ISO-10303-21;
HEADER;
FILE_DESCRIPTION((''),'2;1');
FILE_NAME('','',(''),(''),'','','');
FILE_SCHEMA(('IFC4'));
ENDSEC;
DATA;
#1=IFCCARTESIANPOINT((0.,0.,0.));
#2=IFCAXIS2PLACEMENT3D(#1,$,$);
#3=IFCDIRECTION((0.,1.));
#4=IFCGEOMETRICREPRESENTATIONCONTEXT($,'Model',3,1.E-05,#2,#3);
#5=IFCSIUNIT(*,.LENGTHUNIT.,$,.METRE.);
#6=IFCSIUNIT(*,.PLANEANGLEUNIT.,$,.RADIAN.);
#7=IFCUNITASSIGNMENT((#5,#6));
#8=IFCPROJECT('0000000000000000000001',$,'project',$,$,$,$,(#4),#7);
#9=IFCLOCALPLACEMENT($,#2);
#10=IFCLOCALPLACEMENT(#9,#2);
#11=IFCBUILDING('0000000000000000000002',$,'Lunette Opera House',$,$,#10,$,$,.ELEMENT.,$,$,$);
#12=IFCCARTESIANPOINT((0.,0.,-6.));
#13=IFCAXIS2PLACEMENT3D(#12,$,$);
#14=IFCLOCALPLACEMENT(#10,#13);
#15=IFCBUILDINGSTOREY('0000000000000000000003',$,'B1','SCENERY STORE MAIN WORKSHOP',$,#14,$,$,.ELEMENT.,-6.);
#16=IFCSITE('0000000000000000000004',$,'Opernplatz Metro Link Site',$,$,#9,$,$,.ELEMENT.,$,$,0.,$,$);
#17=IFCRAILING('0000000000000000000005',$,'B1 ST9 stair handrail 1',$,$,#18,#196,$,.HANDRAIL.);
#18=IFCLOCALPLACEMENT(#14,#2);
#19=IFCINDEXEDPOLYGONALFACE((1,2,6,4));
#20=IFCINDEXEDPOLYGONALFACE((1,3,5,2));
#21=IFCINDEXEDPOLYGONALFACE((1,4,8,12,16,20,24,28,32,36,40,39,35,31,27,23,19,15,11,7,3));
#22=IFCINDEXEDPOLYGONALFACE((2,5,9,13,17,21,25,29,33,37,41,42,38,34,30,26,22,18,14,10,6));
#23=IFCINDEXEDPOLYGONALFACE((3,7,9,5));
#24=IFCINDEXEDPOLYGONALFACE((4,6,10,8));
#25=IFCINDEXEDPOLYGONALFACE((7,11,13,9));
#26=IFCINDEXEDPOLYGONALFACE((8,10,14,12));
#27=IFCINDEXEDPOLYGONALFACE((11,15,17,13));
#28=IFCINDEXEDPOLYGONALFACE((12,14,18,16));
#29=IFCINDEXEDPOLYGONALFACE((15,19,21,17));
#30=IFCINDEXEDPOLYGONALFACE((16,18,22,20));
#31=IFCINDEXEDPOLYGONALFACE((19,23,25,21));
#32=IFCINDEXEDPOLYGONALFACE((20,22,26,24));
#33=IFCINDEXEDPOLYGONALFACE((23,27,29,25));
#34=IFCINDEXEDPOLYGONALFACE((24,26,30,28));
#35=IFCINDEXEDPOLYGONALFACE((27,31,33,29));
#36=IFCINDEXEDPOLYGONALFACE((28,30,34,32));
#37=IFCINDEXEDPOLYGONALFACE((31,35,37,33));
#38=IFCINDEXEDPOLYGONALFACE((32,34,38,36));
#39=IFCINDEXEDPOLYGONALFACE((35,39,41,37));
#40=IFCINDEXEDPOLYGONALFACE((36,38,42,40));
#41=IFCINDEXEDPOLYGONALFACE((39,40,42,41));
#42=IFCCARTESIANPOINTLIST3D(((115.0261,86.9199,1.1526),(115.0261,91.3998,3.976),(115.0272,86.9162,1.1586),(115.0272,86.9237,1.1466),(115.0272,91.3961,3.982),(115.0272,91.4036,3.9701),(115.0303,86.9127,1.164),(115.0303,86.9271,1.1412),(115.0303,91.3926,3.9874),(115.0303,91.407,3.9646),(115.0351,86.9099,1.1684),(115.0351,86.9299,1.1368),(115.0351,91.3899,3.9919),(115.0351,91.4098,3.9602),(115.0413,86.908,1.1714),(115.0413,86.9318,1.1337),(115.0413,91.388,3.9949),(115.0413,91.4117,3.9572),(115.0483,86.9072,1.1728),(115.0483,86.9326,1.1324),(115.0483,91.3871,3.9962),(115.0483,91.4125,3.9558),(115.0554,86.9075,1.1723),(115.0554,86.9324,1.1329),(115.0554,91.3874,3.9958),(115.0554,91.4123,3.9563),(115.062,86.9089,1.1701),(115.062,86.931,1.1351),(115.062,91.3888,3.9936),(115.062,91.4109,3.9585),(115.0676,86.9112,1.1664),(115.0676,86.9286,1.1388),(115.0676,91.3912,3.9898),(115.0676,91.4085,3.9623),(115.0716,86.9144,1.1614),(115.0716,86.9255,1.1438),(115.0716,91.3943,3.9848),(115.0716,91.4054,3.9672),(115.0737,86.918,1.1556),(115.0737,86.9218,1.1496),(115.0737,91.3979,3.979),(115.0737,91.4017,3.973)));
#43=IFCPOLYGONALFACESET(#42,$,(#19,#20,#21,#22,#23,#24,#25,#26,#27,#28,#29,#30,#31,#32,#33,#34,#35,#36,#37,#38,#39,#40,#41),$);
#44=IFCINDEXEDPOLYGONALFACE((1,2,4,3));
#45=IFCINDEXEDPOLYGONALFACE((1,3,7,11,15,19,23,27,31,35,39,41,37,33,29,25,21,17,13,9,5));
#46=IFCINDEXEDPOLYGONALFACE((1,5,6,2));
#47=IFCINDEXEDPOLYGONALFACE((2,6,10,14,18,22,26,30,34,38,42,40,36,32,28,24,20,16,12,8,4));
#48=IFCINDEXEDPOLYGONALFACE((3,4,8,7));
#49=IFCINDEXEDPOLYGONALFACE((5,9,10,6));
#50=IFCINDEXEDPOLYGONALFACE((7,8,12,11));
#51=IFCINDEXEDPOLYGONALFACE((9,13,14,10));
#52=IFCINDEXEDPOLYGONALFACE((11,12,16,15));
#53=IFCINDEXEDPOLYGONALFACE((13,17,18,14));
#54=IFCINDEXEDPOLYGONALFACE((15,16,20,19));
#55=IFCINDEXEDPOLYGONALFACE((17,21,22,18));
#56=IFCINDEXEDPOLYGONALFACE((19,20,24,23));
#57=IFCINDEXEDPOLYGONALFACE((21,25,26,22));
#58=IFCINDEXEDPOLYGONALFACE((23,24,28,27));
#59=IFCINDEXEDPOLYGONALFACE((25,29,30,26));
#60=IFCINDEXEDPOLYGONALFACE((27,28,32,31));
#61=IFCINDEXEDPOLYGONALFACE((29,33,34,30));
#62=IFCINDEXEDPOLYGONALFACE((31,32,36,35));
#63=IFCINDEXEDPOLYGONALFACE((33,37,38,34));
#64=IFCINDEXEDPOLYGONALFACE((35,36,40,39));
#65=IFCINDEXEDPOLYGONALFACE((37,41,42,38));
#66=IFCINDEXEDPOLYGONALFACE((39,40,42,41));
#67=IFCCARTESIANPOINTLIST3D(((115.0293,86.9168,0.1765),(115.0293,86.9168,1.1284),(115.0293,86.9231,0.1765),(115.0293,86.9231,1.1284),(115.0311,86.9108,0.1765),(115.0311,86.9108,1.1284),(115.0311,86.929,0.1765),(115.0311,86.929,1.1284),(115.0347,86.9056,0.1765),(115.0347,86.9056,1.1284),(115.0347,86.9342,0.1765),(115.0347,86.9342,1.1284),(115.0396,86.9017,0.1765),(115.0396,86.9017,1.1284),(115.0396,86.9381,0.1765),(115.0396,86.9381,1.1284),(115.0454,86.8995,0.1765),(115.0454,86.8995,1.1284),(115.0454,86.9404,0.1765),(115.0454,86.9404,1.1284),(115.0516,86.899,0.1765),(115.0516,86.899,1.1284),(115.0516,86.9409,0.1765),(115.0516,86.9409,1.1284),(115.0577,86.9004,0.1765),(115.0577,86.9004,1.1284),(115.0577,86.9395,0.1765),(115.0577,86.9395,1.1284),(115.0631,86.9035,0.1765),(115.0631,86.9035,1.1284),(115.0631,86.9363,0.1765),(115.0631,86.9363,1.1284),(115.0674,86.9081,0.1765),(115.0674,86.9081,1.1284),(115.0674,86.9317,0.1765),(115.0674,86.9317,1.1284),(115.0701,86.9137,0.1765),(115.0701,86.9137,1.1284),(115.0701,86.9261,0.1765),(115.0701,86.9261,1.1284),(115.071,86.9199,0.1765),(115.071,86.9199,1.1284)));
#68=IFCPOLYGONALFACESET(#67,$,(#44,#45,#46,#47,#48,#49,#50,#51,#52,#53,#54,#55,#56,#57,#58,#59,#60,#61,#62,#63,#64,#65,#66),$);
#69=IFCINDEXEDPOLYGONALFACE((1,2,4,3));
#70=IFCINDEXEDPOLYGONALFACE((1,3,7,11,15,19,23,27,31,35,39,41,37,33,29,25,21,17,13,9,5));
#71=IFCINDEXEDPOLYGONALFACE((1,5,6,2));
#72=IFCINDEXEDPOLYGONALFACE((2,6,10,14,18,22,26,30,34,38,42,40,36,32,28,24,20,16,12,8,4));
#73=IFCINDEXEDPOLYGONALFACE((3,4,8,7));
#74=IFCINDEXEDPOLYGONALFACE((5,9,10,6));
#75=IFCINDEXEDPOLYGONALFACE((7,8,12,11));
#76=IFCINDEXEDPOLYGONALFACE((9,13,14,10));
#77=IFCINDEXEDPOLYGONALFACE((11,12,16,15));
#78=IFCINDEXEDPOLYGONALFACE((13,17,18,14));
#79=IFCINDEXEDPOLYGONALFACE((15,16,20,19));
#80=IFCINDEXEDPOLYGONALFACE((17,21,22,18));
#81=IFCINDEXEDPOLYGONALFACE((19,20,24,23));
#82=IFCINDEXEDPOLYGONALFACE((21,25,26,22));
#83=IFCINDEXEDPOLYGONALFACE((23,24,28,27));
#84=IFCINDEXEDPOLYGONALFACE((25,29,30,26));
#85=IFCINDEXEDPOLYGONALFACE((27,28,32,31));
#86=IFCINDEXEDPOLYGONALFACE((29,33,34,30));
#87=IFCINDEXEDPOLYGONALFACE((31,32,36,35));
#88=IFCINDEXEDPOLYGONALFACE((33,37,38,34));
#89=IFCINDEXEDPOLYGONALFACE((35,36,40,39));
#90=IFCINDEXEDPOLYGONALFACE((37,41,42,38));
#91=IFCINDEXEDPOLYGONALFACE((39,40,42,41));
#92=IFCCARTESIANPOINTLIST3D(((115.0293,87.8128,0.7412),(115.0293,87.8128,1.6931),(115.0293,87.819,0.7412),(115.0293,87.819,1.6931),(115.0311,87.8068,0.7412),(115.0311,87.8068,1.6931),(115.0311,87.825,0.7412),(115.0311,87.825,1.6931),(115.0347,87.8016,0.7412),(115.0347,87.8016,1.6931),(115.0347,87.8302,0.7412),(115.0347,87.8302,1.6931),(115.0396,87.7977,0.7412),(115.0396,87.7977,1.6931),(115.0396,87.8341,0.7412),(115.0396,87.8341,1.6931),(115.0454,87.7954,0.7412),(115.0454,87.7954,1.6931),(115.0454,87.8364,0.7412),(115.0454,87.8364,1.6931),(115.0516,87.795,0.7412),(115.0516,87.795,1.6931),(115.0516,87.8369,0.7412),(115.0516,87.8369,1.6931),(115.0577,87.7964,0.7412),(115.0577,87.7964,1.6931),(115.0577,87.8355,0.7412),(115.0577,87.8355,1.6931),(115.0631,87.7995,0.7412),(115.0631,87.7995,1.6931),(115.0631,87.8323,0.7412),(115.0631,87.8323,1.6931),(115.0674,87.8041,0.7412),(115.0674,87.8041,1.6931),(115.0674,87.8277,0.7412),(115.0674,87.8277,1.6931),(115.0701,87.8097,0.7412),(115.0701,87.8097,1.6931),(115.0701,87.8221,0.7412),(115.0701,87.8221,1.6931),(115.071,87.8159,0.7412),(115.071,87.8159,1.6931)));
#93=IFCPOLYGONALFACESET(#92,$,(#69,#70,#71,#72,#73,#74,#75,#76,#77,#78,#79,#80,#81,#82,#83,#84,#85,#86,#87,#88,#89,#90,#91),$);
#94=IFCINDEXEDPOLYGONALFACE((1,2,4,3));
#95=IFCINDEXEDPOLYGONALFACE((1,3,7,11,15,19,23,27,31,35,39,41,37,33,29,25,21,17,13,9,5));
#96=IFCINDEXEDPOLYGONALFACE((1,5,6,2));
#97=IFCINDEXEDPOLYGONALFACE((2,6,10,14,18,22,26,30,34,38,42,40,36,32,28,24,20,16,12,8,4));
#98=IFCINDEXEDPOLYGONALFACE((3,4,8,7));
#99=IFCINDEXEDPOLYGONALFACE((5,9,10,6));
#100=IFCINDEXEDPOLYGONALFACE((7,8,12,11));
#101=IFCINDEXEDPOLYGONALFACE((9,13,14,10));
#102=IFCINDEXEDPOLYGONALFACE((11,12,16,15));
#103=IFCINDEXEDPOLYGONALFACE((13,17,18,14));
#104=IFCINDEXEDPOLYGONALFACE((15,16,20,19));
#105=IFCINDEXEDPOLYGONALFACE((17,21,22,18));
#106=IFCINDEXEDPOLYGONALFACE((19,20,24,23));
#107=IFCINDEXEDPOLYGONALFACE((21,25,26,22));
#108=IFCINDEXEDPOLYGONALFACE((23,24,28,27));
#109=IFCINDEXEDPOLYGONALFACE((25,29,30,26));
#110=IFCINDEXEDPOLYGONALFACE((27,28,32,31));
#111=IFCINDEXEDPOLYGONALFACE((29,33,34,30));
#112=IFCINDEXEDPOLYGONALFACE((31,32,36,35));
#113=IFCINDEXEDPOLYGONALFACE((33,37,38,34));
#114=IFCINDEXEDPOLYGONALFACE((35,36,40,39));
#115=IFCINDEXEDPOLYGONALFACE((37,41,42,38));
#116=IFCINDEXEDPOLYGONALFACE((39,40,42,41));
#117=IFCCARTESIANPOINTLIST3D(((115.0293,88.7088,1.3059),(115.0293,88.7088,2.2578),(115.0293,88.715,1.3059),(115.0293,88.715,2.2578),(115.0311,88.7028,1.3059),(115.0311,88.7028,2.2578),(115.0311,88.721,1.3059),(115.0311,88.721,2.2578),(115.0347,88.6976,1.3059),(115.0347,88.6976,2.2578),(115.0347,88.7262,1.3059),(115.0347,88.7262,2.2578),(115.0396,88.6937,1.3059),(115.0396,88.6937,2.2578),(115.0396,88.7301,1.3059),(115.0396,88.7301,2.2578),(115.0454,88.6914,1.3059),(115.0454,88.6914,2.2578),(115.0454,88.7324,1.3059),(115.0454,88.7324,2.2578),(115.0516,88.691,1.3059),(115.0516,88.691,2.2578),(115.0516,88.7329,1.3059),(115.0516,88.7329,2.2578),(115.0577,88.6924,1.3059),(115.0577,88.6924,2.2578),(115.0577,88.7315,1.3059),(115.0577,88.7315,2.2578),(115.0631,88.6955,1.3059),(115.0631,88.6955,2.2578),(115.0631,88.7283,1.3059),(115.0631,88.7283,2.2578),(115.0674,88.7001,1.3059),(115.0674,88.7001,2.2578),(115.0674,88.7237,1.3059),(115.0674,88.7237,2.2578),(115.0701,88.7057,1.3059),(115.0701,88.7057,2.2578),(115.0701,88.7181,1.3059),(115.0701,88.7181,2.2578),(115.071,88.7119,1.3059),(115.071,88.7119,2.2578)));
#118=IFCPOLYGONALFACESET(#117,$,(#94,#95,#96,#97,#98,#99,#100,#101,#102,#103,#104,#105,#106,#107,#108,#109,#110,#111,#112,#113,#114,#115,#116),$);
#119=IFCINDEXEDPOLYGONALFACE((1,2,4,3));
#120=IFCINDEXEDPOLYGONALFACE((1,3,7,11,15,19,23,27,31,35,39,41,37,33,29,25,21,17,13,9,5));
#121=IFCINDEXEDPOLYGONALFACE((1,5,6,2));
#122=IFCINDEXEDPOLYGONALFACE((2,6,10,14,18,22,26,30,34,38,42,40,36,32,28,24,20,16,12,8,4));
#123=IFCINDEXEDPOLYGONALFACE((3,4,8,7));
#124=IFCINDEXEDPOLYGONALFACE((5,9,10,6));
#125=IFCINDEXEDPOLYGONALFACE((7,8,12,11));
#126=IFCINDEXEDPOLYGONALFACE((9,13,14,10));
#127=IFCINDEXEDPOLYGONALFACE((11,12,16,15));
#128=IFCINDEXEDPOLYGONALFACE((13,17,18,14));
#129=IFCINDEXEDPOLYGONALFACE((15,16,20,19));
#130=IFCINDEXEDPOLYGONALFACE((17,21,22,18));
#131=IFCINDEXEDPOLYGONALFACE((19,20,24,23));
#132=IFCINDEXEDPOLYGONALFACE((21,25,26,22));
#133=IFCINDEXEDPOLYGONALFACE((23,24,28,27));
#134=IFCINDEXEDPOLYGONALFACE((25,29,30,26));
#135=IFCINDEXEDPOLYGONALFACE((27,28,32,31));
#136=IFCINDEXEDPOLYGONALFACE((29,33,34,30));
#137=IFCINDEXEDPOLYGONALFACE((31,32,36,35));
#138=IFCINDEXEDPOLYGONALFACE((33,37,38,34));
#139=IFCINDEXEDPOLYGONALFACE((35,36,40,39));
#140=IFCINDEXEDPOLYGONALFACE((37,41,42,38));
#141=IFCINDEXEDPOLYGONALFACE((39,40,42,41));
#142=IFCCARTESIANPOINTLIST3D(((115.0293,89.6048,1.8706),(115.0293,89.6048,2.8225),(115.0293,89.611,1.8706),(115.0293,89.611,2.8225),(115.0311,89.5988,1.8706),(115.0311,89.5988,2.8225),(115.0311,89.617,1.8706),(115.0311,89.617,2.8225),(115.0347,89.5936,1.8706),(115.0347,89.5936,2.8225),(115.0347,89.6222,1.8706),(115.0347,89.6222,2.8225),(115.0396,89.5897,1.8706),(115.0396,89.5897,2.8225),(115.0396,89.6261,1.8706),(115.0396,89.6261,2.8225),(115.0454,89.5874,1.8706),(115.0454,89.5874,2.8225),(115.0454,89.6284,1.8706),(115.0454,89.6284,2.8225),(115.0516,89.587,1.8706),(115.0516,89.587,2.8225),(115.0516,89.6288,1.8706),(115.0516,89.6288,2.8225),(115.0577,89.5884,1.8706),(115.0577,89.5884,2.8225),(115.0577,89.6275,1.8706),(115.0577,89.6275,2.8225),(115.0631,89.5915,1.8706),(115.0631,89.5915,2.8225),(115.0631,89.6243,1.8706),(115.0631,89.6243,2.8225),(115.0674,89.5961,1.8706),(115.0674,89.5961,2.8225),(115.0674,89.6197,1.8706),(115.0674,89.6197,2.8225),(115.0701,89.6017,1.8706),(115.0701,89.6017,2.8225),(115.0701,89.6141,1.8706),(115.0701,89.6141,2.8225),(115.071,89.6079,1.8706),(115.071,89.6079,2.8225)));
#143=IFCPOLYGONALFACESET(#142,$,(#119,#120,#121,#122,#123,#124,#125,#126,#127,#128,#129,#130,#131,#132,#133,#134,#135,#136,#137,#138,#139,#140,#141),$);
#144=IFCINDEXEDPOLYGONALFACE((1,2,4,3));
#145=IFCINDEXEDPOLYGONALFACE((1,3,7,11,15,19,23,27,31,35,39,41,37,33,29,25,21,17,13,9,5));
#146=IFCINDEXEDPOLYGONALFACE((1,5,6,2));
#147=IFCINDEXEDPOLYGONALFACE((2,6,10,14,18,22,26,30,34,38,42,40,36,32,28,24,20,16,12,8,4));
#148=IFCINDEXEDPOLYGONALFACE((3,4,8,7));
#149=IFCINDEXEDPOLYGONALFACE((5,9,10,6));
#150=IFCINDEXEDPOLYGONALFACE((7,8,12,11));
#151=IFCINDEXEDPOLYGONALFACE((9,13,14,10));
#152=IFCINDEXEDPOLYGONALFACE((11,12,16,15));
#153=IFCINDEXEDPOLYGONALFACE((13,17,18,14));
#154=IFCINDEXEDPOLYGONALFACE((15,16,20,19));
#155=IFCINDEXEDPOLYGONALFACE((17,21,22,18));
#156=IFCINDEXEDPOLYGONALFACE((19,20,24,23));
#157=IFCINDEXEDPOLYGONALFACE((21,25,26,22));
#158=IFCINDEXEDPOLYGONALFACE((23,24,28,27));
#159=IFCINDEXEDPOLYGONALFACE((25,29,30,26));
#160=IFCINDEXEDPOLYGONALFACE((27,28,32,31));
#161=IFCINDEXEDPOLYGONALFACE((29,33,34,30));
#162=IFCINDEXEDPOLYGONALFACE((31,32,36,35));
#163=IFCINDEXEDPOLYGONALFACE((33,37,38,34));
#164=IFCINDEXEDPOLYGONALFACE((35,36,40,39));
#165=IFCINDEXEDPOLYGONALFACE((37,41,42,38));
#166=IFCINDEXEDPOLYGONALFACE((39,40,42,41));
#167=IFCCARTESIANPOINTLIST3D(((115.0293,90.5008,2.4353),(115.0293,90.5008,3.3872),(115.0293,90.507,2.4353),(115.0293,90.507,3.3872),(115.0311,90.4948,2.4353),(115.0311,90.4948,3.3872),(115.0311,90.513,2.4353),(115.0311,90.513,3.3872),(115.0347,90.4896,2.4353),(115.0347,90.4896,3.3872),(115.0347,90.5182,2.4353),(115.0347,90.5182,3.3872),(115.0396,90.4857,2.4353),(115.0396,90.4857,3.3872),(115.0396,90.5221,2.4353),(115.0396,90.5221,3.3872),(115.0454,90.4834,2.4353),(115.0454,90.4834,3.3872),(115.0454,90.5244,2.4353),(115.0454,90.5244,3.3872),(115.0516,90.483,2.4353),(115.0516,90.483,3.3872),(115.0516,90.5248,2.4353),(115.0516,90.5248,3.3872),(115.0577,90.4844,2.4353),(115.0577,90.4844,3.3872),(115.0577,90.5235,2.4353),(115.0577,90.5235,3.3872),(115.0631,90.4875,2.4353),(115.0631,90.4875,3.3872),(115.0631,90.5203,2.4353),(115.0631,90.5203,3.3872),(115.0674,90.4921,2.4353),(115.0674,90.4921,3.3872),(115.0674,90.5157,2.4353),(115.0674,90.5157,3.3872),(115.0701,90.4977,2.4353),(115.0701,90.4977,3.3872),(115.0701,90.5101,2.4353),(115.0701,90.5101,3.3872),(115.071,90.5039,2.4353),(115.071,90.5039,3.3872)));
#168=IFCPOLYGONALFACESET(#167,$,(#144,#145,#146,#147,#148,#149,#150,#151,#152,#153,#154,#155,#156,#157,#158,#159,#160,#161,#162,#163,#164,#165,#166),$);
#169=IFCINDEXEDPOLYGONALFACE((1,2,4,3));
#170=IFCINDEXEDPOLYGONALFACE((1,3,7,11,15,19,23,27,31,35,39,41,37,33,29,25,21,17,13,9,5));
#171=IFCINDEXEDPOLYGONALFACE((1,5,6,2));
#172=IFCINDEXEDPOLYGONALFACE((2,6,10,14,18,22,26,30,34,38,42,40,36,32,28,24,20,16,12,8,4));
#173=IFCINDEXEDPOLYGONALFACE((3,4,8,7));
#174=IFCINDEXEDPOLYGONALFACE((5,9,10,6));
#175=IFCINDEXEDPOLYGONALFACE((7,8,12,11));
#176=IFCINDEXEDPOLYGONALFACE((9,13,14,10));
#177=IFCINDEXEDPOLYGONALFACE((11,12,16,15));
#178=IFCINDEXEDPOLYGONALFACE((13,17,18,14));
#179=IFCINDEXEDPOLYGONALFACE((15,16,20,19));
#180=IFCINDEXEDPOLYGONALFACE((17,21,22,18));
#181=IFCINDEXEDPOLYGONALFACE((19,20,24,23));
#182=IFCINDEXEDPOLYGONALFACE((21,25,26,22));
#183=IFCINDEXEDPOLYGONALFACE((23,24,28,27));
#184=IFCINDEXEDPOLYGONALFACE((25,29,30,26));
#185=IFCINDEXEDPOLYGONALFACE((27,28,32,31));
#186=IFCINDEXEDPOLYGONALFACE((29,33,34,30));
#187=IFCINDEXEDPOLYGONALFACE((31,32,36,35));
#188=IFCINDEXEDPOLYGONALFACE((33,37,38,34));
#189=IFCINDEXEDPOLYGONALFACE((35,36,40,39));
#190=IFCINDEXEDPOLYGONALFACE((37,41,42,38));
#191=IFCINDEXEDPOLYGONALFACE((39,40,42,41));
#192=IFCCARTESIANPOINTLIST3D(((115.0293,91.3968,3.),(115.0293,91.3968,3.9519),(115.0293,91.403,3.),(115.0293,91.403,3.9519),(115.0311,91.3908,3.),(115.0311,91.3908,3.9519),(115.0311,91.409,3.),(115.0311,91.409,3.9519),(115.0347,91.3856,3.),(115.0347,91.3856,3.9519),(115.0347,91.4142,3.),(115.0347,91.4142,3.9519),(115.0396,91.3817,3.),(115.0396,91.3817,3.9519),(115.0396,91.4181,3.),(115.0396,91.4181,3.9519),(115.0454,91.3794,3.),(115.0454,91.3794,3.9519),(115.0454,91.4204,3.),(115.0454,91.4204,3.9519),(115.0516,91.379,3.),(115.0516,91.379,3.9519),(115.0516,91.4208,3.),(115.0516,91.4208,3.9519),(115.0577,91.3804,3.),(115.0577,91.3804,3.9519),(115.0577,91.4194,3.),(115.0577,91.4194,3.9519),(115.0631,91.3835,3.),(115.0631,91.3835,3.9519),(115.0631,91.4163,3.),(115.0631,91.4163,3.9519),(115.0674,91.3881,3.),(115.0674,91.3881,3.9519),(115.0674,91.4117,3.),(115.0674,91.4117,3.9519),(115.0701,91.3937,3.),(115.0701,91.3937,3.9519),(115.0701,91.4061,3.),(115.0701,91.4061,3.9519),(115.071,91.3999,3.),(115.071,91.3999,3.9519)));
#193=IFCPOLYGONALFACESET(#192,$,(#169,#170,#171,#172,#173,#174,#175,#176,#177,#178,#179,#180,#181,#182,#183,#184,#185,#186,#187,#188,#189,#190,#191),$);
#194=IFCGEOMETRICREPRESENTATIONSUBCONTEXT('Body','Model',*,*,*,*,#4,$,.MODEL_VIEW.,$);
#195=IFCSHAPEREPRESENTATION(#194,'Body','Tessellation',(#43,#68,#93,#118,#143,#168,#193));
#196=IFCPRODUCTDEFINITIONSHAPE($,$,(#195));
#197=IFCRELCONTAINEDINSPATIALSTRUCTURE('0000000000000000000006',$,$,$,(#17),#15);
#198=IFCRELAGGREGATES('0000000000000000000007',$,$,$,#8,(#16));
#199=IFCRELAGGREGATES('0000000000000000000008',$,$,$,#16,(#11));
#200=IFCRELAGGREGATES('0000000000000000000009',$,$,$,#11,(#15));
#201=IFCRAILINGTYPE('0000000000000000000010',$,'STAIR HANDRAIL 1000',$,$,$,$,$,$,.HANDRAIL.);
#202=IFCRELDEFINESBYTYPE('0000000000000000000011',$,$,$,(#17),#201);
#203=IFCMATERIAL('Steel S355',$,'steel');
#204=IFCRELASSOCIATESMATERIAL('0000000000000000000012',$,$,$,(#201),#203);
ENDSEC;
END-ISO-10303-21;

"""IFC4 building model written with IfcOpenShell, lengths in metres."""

from ifc_helpers import new_model, si_unit, direction, frame, origin, origin_2d, place, context, subcontext, project, spatial, circle, extrude, material, type_object, element, save


model = new_model("IFC4")

# Units and contexts
model_context = context("Model", 3, precision=1e-05, world=origin(), true_north=direction((0.0, 1.0)))
body_context = subcontext(model_context, "Body", "Model", "MODEL_VIEW")
ifc_project = project(units=[si_unit("LENGTHUNIT", "METRE"), si_unit("PLANEANGLEUNIT", "RADIAN")], contexts=[model_context])

# Site, building, storey
site_placement = place(None, origin())
site = spatial("IfcSite", under=ifc_project, at=site_placement, Name="Opernplatz Metro Link Site", CompositionType="ELEMENT", RefElevation=0.0)
building_placement = place(site_placement, origin())
building = spatial("IfcBuilding", under=site, at=building_placement, Name="Lunette Opera House", CompositionType="ELEMENT")
storey_placement = place(building_placement, frame((0.0, 0.0, -6.0)))
storey = spatial("IfcBuildingStorey", under=building, at=storey_placement, Name="B1", Description="SCENERY STORE MAIN WORKSHOP", CompositionType="ELEMENT", Elevation=-6.0)

# Railing
ifc_material_1 = material(Name="Steel S355", Category="steel")
railing_type_1 = type_object("IfcRailingType", Name="STAIR HANDRAIL 1000", PredefinedType="HANDRAIL", material=ifc_material_1)
railing_1_placement = place(storey_placement, frame((115.05, 86.9199, 0.1765)))
element("IfcRailing", 1, at=railing_1_placement, inside=storey, type_object=railing_type_1, Name="B1 ST9 stair handrail 1", PredefinedType="HANDRAIL", context=body_context, shape_type="SweptSolid", body=[
    extrude(circle(Radius=0.0239, at=origin_2d()), frame((0.0, 0.0, 0.9761), z_axis=(0.0, 0.845998, 0.533186), x_axis=(-1.0, 0.0, 0.0)), (0.0, 0.0, 1.0), 5.2954),
    extrude(circle(Radius=0.021, at=origin_2d()), origin(), (0.0, 0.0, 1.0), 0.9519),
    extrude(circle(Radius=0.021, at=origin_2d()), frame((0.0, 0.896, 0.5647)), (0.0, 0.0, 1.0), 0.9519),
    extrude(circle(Radius=0.021, at=origin_2d()), frame((0.0, 1.792, 1.1294)), (0.0, 0.0, 1.0), 0.9519),
    extrude(circle(Radius=0.021, at=origin_2d()), frame((0.0, 2.688, 1.6941)), (0.0, 0.0, 1.0), 0.9519),
    extrude(circle(Radius=0.021, at=origin_2d()), frame((0.0, 3.584, 2.2588)), (0.0, 0.0, 1.0), 0.9519),
    extrude(circle(Radius=0.021, at=origin_2d()), frame((0.0, 4.48, 2.8235)), (0.0, 0.0, 1.0), 0.9519),
])

save(model, "model.ifc")
